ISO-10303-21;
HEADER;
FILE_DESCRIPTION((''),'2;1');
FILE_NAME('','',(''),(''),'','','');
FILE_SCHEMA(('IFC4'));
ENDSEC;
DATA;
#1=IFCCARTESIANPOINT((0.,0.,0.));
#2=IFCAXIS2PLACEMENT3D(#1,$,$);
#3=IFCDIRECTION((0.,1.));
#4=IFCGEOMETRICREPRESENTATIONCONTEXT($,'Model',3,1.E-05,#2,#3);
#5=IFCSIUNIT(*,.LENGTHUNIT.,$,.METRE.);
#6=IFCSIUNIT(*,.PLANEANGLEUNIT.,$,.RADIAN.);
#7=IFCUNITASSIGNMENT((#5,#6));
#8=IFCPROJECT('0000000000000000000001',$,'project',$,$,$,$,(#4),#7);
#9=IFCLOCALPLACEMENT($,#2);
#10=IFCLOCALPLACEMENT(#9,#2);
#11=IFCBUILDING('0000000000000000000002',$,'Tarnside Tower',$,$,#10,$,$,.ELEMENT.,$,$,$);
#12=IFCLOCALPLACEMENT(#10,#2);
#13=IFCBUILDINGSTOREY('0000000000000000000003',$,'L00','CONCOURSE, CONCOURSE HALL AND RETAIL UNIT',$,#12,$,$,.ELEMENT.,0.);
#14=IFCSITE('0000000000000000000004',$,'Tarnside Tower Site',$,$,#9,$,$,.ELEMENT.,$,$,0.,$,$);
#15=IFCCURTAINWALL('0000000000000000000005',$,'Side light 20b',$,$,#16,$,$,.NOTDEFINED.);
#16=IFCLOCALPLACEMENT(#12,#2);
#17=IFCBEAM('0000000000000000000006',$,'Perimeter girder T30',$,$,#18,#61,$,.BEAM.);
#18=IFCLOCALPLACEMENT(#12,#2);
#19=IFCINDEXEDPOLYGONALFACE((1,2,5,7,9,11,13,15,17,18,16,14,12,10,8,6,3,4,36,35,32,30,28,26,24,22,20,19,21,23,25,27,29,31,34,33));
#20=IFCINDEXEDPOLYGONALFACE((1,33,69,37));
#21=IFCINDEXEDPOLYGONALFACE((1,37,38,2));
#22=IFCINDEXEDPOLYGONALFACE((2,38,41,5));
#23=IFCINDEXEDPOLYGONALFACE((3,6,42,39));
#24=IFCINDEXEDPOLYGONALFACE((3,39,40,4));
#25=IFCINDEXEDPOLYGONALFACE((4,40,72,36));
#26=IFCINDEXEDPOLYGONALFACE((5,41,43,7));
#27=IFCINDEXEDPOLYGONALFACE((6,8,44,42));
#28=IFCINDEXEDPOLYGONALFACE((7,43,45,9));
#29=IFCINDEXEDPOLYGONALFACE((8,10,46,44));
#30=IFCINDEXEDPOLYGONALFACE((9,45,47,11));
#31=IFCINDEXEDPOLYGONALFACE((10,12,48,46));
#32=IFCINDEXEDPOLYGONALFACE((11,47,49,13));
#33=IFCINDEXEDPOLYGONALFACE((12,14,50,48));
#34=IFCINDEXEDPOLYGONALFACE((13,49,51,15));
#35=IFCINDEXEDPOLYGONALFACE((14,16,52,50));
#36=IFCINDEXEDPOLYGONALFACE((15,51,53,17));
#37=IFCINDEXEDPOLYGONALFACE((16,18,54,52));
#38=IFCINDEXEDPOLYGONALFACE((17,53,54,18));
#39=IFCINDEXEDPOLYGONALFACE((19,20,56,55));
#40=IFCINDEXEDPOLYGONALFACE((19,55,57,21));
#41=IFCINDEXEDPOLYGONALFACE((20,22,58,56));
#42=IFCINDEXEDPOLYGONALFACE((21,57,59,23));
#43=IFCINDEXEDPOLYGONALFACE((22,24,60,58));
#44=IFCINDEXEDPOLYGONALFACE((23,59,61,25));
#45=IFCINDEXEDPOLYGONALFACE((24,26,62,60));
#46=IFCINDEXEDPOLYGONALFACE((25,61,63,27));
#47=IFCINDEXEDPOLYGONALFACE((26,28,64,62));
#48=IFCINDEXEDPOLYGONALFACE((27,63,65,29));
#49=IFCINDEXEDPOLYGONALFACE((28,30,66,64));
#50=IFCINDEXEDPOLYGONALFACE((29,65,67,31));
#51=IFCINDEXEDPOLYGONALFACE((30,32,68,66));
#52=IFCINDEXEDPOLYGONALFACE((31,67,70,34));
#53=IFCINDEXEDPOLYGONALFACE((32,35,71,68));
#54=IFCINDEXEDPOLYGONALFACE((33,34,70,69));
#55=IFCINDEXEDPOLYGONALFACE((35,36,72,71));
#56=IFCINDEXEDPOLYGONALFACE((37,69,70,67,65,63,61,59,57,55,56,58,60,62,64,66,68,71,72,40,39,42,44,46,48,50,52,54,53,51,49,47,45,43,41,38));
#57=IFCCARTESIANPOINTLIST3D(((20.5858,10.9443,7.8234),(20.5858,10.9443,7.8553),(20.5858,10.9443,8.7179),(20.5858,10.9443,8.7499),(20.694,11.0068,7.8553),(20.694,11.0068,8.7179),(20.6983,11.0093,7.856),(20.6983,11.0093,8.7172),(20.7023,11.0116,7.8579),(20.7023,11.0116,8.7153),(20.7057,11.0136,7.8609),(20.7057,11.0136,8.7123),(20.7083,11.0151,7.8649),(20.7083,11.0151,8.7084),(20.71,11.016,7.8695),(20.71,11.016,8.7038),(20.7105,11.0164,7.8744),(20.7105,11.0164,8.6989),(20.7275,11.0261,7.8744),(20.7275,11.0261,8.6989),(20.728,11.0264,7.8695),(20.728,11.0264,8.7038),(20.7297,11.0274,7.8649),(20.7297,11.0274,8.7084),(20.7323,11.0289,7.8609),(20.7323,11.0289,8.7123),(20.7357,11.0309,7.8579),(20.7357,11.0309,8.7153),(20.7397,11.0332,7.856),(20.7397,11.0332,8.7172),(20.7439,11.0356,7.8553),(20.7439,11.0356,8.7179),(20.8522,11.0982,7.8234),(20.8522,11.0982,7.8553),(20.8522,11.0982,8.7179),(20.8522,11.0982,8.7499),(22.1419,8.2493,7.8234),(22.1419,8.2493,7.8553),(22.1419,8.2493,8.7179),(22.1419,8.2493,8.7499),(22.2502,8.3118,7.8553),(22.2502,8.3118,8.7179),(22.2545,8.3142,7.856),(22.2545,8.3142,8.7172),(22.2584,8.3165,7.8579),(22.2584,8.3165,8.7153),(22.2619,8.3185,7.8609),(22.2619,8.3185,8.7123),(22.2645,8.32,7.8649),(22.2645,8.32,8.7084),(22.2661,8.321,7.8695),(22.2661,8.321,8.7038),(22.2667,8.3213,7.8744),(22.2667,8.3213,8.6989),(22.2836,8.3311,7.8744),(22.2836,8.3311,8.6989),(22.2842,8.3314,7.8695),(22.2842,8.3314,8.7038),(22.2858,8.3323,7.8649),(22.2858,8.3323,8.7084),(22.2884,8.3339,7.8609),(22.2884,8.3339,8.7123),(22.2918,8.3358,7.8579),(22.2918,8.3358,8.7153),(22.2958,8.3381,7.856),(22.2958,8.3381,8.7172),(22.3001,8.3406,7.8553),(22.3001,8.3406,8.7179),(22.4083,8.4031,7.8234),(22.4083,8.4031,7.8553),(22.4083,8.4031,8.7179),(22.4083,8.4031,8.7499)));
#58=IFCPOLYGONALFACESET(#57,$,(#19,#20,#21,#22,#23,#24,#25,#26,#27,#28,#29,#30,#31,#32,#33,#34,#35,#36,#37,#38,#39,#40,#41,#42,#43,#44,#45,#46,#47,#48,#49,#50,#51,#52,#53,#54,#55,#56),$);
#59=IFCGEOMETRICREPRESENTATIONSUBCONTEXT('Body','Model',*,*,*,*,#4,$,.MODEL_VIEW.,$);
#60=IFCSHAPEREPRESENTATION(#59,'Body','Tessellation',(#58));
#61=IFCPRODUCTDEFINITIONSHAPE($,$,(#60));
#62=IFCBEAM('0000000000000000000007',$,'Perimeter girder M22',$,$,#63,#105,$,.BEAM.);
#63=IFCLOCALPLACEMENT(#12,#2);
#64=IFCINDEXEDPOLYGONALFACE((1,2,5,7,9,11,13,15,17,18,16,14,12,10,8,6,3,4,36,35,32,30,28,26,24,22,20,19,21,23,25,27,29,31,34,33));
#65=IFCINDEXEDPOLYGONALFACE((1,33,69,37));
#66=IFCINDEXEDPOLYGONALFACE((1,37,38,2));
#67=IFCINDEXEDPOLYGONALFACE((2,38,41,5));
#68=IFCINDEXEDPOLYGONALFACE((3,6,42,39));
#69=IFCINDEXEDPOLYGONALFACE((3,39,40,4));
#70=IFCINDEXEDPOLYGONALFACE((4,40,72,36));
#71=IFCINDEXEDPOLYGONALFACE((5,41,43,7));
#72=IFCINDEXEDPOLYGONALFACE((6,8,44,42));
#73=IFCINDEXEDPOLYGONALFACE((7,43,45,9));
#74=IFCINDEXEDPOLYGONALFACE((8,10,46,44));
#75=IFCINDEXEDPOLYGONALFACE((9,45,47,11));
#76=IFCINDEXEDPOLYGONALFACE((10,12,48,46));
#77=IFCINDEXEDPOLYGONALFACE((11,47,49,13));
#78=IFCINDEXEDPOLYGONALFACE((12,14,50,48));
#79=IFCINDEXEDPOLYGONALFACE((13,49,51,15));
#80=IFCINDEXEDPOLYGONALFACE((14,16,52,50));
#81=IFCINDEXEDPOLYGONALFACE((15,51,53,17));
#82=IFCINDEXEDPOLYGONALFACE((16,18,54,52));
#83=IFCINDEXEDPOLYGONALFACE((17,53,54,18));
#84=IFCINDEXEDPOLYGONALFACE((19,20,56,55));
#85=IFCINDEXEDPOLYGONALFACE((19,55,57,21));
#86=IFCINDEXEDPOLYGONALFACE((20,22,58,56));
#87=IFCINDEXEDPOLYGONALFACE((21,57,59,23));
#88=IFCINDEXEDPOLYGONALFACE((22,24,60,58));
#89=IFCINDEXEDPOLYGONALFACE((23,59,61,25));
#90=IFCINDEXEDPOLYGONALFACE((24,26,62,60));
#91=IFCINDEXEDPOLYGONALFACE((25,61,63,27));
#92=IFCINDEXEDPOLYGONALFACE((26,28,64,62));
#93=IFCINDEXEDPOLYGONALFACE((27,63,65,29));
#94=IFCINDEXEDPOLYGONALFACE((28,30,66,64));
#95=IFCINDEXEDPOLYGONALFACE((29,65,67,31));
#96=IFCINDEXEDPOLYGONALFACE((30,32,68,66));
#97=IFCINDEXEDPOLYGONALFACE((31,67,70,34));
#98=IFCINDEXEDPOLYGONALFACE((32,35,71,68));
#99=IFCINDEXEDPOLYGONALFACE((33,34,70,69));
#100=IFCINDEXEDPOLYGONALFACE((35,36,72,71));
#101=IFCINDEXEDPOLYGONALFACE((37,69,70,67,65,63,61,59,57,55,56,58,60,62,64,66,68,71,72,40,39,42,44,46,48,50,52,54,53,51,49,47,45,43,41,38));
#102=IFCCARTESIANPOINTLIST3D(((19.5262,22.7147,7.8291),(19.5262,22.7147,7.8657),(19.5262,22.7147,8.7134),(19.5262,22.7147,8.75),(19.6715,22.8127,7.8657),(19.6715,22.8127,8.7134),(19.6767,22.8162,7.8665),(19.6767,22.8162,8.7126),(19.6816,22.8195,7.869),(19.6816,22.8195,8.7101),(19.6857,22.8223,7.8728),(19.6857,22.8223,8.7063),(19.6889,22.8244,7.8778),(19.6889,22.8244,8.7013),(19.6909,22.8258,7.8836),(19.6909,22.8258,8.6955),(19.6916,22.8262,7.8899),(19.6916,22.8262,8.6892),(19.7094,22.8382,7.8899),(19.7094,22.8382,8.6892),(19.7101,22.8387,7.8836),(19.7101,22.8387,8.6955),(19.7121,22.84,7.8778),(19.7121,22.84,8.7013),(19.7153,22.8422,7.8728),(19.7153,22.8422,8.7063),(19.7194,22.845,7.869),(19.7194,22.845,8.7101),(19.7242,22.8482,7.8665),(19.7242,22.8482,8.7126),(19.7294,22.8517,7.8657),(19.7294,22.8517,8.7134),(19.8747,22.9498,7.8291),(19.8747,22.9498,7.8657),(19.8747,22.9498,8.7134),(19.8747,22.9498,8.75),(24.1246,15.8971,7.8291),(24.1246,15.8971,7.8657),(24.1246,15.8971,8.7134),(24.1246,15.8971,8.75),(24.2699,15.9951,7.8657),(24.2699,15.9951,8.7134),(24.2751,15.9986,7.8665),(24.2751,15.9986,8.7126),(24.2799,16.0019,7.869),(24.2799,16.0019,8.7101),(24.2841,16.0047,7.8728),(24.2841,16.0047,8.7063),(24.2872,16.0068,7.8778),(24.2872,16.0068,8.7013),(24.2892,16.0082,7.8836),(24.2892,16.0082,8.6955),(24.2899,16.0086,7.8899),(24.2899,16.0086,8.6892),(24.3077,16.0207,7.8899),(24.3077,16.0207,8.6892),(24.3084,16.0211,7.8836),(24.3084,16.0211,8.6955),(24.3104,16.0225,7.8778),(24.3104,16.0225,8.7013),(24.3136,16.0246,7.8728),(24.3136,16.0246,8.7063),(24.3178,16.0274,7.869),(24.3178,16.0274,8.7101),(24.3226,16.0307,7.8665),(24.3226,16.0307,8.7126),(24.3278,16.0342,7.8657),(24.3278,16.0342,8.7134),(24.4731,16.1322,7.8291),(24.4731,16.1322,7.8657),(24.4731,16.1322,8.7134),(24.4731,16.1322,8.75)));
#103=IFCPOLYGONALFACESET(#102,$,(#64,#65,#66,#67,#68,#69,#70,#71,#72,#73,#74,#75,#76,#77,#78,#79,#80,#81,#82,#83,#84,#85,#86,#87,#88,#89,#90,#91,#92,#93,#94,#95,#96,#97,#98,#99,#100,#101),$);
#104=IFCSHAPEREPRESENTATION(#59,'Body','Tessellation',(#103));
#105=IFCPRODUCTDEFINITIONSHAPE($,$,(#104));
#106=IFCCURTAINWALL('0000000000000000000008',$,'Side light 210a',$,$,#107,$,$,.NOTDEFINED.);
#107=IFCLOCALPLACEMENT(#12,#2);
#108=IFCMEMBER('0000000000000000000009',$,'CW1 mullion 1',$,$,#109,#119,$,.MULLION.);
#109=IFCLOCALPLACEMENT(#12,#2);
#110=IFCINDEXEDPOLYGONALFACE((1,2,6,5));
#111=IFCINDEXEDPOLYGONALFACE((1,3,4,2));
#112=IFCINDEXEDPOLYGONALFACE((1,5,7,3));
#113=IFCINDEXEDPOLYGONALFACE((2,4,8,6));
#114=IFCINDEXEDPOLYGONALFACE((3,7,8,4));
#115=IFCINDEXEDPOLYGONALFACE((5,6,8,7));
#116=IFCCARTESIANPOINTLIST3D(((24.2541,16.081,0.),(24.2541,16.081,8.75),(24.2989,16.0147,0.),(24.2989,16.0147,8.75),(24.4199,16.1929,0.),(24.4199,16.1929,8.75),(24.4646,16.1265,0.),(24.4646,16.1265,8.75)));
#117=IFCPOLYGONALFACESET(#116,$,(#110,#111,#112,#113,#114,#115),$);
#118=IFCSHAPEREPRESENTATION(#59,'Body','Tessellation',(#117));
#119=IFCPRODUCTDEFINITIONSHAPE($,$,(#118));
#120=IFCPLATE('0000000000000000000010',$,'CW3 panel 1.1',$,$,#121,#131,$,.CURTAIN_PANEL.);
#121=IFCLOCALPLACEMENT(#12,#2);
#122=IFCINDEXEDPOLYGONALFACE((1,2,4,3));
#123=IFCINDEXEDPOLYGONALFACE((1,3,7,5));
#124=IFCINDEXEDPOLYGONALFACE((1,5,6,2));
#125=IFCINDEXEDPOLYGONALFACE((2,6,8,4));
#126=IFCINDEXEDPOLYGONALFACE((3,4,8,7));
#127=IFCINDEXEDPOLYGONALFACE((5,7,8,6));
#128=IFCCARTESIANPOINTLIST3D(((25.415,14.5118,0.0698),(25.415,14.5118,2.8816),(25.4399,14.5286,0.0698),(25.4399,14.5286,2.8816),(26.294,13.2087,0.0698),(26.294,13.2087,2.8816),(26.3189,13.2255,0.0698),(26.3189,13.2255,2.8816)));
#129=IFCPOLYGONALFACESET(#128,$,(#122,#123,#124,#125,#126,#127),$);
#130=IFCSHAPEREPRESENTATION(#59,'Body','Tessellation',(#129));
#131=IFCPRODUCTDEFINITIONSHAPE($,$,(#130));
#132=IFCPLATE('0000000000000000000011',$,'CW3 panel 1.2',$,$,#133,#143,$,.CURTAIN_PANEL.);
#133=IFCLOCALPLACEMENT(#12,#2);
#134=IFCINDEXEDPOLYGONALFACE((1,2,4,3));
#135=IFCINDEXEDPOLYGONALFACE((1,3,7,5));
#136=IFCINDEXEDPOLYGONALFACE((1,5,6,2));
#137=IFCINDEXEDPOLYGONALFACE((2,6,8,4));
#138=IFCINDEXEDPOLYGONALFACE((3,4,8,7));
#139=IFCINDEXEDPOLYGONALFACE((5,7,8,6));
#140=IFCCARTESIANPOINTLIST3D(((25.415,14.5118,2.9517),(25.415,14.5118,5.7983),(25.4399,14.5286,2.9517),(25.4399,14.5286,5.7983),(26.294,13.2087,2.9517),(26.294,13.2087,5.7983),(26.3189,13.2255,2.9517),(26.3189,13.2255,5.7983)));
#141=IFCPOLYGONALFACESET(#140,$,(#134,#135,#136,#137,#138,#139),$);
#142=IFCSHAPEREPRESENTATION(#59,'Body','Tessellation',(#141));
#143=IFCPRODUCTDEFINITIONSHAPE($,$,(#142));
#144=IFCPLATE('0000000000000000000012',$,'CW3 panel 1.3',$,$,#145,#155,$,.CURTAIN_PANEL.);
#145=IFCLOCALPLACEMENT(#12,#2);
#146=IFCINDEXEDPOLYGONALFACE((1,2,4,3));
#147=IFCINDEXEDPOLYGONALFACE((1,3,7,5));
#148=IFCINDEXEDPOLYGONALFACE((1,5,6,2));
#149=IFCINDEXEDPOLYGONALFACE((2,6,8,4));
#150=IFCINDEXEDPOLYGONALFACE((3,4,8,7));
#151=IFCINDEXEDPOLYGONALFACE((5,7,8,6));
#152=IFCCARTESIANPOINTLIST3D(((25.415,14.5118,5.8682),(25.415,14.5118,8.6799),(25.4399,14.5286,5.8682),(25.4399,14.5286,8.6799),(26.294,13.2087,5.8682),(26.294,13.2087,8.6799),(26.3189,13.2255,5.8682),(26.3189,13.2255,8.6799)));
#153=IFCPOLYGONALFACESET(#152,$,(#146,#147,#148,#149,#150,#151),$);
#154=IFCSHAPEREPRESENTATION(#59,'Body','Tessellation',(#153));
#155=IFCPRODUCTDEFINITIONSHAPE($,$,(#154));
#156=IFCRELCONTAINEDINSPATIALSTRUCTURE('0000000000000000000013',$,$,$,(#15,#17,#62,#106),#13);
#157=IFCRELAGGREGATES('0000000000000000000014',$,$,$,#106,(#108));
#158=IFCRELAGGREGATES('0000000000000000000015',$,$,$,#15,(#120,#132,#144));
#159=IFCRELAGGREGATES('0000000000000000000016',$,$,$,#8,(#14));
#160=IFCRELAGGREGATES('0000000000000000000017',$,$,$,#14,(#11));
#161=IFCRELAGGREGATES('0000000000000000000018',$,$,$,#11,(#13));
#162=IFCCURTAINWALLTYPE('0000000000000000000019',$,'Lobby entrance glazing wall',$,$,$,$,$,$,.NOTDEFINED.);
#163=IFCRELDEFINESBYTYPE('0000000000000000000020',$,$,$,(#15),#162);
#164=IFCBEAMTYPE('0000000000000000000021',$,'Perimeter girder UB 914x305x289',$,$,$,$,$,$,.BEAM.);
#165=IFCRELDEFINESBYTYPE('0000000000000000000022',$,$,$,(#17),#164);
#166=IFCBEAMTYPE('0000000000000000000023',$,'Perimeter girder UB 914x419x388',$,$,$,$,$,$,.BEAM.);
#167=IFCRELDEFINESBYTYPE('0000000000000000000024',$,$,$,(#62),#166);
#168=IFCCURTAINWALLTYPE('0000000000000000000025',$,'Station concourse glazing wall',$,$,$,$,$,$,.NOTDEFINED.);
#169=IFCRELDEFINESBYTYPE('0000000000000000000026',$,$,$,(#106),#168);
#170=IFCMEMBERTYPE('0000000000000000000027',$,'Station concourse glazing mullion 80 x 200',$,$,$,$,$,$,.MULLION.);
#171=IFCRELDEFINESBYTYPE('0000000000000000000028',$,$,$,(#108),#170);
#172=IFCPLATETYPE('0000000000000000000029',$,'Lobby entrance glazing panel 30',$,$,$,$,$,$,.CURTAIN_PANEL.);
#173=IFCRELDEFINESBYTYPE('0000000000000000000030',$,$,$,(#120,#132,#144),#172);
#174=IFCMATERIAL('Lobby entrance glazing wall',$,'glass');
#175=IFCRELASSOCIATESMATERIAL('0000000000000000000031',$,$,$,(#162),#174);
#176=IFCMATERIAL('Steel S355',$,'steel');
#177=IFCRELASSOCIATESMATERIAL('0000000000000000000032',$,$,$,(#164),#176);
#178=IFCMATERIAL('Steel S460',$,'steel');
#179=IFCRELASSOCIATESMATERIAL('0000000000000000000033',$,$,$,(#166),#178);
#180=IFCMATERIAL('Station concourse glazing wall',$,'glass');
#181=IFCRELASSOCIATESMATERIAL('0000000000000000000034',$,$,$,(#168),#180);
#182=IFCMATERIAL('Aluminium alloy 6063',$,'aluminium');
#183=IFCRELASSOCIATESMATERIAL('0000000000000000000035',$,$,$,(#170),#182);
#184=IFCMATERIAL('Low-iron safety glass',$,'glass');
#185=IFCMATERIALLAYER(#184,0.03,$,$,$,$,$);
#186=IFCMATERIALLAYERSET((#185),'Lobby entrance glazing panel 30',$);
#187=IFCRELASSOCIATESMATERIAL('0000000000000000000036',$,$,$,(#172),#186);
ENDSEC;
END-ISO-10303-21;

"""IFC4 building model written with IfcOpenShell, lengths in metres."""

from ifc_helpers import new_model, si_unit, direction, frame, origin, origin_2d, place, context, subcontext, project, spatial, rectangle, i_section, extrude, material, layer, layer_set, material_profile, profile_set, type_object, element, aggregate, save


model = new_model("IFC4")

# Units and contexts
model_context = context("Model", 3, precision=1e-05, world=origin(), true_north=direction((0.0, 1.0)))
body_context = subcontext(model_context, "Body", "Model", "MODEL_VIEW")
ifc_project = project(units=[si_unit("LENGTHUNIT", "METRE"), si_unit("PLANEANGLEUNIT", "RADIAN")], contexts=[model_context])

# Site, building, storey
site_placement = place(None, origin())
site = spatial("IfcSite", under=ifc_project, at=site_placement, Name="Tarnside Tower Site", CompositionType="ELEMENT", RefElevation=0.0)
building_placement = place(site_placement, origin())
building = spatial("IfcBuilding", under=site, at=building_placement, Name="Tarnside Tower", CompositionType="ELEMENT")
storey_placement = place(building_placement, origin())
storey = spatial("IfcBuildingStorey", under=building, at=storey_placement, Name="L00", Description="CONCOURSE, CONCOURSE HALL AND RETAIL UNIT", CompositionType="ELEMENT", Elevation=0.0)

# Shared definitions
ifc_material_1 = material(Name="Steel S355", Category="steel")

# Curtain wall
ifc_material_2 = material(Name="Lobby entrance glazing wall", Category="glass")
curtain_wall_type_1 = type_object("IfcCurtainWallType", Name="Lobby entrance glazing wall", PredefinedType="NOTDEFINED", material=ifc_material_2)
curtain_wall_1_placement = place(storey_placement, origin())
curtain_wall_1 = element("IfcCurtainWall", 1, at=curtain_wall_1_placement, inside=storey, type_object=curtain_wall_type_1, Name="Side light 20b", PredefinedType="NOTDEFINED")
ifc_material_3 = material(Name="Aluminium alloy 6063", Category="aluminium")

# Beams
ifc_material_profile_1 = material_profile(ifc_material_1, i_section(OverallWidth=0.3076, OverallDepth=0.9265, WebThickness=0.0195, FlangeThickness=0.032, FilletRadius=0.019, at=origin_2d()), Name="UB 914x305x289")
ifc_profile_set_1 = profile_set([ifc_material_profile_1], Name="Steel S355")
beam_type_1 = type_object("IfcBeamType", Name="Perimeter girder UB 914x305x289", PredefinedType="BEAM", material=ifc_profile_set_1)
beam_1_placement = place(storey_placement, frame((20.719, 11.0212, 8.2866), z_axis=(0.500037, -0.866004, 0.0), x_axis=(0.866004, 0.500037, 0.0)))
element("IfcBeam", 2, at=beam_1_placement, inside=storey, type_object=beam_type_1, Name="Perimeter girder T30", PredefinedType="BEAM", context=body_context, shape_type="SweptSolid", body=[
    extrude(i_section(OverallWidth=0.3076, OverallDepth=0.9265, WebThickness=0.0195, FlangeThickness=0.032, FilletRadius=0.019, at=origin_2d()), origin(), (0.0, 0.0, 1.0), 3.1121),
])
ifc_material_4 = material(Name="Steel S460", Category="steel")
ifc_material_profile_2 = material_profile(ifc_material_4, i_section(OverallWidth=0.4204, OverallDepth=0.9209, WebThickness=0.0215, FlangeThickness=0.0366, FilletRadius=0.0242, at=origin_2d()), Name="UB 914x419x388")
ifc_profile_set_2 = profile_set([ifc_material_profile_2], Name="Steel S460")
beam_type_2 = type_object("IfcBeamType", Name="Perimeter girder UB 914x419x388", PredefinedType="BEAM", material=ifc_profile_set_2)
beam_2_placement = place(storey_placement, frame((24.2988, 16.0146, 8.2896), z_axis=(-0.55918, 0.829047, 0.0), x_axis=(-0.829047, -0.55918, 0.0)))
element("IfcBeam", 3, at=beam_2_placement, inside=storey, type_object=beam_type_2, Name="Perimeter girder M22", PredefinedType="BEAM", context=body_context, shape_type="SweptSolid", body=[
    extrude(i_section(OverallWidth=0.4204, OverallDepth=0.9209, WebThickness=0.0215, FlangeThickness=0.0366, FilletRadius=0.0242, at=origin_2d()), origin(), (0.0, 0.0, 1.0), 8.2234),
])

# Curtain wall, member
ifc_material_5 = material(Name="Station concourse glazing wall", Category="glass")
curtain_wall_type_2 = type_object("IfcCurtainWallType", Name="Station concourse glazing wall", PredefinedType="NOTDEFINED", material=ifc_material_5)
curtain_wall_2_placement = place(storey_placement, origin())
curtain_wall_2 = element("IfcCurtainWall", 4, at=curtain_wall_2_placement, inside=storey, type_object=curtain_wall_type_2, Name="Side light 210a", PredefinedType="NOTDEFINED")
ifc_material_profile_3 = material_profile(ifc_material_3, rectangle(XDim=0.2, YDim=0.0801, at=origin_2d()), Name="Station concourse glazing mullion 80 x 200")
ifc_profile_set_3 = profile_set([ifc_material_profile_3], Name="Aluminium alloy 6063")
member_type_1 = type_object("IfcMemberType", Name="Station concourse glazing mullion 80 x 200", PredefinedType="MULLION", material=ifc_profile_set_3)
member_1_placement = place(storey_placement, frame((24.3594, 16.1038, 0.0), z_axis=(0.0, 0.0, 1.0), x_axis=(-0.829038, -0.559193, 0.0)))
member_1 = element("IfcMember", 5, at=member_1_placement, type_object=member_type_1, Name="CW1 mullion 1", PredefinedType="MULLION", context=body_context, shape_type="SweptSolid", body=[
    extrude(rectangle(XDim=0.2, YDim=0.0801, at=origin_2d()), origin(), (0.0, 0.0, 1.0), 8.75),
])
aggregate(curtain_wall_2, [member_1])

# Plates
ifc_material_6 = material(Name="Low-iron safety glass", Category="glass")
ifc_layer = layer(ifc_material_6, 0.03)
ifc_layer_set = layer_set([ifc_layer], Name="Lobby entrance glazing panel 30")
plate_type = type_object("IfcPlateType", Name="Lobby entrance glazing panel 30", PredefinedType="CURTAIN_PANEL", material=ifc_layer_set)
plate_1_placement = place(storey_placement, frame((25.8669, 13.8687, 0.0698), z_axis=(0.0, 0.0, 1.0), x_axis=(-0.559193, 0.829038, 0.0)))
plate_1 = element("IfcPlate", 6, at=plate_1_placement, type_object=plate_type, Name="CW3 panel 1.1", PredefinedType="CURTAIN_PANEL", context=body_context, shape_type="SweptSolid", body=[
    extrude(rectangle(XDim=1.5718, YDim=0.03, at=origin_2d()), origin(), (0.0, 0.0, 1.0), 2.8118),
])
plate_2_placement = place(storey_placement, frame((25.8669, 13.8687, 2.9517), z_axis=(0.0, 0.0, 1.0), x_axis=(-0.559193, 0.829038, 0.0)))
plate_2 = element("IfcPlate", 7, at=plate_2_placement, type_object=plate_type, Name="CW3 panel 1.2", PredefinedType="CURTAIN_PANEL", context=body_context, shape_type="SweptSolid", body=[
    extrude(rectangle(XDim=1.5718, YDim=0.03, at=origin_2d()), origin(), (0.0, 0.0, 1.0), 2.8467),
])
plate_3_placement = place(storey_placement, frame((25.8669, 13.8687, 5.8682), z_axis=(0.0, 0.0, 1.0), x_axis=(-0.559193, 0.829038, 0.0)))
plate_3 = element("IfcPlate", 8, at=plate_3_placement, type_object=plate_type, Name="CW3 panel 1.3", PredefinedType="CURTAIN_PANEL", context=body_context, shape_type="SweptSolid", body=[
    extrude(rectangle(XDim=1.5718, YDim=0.03, at=origin_2d()), origin(), (0.0, 0.0, 1.0), 2.8118),
])
aggregate(curtain_wall_1, [plate_1, plate_2, plate_3])

save(model, "model.ifc")
